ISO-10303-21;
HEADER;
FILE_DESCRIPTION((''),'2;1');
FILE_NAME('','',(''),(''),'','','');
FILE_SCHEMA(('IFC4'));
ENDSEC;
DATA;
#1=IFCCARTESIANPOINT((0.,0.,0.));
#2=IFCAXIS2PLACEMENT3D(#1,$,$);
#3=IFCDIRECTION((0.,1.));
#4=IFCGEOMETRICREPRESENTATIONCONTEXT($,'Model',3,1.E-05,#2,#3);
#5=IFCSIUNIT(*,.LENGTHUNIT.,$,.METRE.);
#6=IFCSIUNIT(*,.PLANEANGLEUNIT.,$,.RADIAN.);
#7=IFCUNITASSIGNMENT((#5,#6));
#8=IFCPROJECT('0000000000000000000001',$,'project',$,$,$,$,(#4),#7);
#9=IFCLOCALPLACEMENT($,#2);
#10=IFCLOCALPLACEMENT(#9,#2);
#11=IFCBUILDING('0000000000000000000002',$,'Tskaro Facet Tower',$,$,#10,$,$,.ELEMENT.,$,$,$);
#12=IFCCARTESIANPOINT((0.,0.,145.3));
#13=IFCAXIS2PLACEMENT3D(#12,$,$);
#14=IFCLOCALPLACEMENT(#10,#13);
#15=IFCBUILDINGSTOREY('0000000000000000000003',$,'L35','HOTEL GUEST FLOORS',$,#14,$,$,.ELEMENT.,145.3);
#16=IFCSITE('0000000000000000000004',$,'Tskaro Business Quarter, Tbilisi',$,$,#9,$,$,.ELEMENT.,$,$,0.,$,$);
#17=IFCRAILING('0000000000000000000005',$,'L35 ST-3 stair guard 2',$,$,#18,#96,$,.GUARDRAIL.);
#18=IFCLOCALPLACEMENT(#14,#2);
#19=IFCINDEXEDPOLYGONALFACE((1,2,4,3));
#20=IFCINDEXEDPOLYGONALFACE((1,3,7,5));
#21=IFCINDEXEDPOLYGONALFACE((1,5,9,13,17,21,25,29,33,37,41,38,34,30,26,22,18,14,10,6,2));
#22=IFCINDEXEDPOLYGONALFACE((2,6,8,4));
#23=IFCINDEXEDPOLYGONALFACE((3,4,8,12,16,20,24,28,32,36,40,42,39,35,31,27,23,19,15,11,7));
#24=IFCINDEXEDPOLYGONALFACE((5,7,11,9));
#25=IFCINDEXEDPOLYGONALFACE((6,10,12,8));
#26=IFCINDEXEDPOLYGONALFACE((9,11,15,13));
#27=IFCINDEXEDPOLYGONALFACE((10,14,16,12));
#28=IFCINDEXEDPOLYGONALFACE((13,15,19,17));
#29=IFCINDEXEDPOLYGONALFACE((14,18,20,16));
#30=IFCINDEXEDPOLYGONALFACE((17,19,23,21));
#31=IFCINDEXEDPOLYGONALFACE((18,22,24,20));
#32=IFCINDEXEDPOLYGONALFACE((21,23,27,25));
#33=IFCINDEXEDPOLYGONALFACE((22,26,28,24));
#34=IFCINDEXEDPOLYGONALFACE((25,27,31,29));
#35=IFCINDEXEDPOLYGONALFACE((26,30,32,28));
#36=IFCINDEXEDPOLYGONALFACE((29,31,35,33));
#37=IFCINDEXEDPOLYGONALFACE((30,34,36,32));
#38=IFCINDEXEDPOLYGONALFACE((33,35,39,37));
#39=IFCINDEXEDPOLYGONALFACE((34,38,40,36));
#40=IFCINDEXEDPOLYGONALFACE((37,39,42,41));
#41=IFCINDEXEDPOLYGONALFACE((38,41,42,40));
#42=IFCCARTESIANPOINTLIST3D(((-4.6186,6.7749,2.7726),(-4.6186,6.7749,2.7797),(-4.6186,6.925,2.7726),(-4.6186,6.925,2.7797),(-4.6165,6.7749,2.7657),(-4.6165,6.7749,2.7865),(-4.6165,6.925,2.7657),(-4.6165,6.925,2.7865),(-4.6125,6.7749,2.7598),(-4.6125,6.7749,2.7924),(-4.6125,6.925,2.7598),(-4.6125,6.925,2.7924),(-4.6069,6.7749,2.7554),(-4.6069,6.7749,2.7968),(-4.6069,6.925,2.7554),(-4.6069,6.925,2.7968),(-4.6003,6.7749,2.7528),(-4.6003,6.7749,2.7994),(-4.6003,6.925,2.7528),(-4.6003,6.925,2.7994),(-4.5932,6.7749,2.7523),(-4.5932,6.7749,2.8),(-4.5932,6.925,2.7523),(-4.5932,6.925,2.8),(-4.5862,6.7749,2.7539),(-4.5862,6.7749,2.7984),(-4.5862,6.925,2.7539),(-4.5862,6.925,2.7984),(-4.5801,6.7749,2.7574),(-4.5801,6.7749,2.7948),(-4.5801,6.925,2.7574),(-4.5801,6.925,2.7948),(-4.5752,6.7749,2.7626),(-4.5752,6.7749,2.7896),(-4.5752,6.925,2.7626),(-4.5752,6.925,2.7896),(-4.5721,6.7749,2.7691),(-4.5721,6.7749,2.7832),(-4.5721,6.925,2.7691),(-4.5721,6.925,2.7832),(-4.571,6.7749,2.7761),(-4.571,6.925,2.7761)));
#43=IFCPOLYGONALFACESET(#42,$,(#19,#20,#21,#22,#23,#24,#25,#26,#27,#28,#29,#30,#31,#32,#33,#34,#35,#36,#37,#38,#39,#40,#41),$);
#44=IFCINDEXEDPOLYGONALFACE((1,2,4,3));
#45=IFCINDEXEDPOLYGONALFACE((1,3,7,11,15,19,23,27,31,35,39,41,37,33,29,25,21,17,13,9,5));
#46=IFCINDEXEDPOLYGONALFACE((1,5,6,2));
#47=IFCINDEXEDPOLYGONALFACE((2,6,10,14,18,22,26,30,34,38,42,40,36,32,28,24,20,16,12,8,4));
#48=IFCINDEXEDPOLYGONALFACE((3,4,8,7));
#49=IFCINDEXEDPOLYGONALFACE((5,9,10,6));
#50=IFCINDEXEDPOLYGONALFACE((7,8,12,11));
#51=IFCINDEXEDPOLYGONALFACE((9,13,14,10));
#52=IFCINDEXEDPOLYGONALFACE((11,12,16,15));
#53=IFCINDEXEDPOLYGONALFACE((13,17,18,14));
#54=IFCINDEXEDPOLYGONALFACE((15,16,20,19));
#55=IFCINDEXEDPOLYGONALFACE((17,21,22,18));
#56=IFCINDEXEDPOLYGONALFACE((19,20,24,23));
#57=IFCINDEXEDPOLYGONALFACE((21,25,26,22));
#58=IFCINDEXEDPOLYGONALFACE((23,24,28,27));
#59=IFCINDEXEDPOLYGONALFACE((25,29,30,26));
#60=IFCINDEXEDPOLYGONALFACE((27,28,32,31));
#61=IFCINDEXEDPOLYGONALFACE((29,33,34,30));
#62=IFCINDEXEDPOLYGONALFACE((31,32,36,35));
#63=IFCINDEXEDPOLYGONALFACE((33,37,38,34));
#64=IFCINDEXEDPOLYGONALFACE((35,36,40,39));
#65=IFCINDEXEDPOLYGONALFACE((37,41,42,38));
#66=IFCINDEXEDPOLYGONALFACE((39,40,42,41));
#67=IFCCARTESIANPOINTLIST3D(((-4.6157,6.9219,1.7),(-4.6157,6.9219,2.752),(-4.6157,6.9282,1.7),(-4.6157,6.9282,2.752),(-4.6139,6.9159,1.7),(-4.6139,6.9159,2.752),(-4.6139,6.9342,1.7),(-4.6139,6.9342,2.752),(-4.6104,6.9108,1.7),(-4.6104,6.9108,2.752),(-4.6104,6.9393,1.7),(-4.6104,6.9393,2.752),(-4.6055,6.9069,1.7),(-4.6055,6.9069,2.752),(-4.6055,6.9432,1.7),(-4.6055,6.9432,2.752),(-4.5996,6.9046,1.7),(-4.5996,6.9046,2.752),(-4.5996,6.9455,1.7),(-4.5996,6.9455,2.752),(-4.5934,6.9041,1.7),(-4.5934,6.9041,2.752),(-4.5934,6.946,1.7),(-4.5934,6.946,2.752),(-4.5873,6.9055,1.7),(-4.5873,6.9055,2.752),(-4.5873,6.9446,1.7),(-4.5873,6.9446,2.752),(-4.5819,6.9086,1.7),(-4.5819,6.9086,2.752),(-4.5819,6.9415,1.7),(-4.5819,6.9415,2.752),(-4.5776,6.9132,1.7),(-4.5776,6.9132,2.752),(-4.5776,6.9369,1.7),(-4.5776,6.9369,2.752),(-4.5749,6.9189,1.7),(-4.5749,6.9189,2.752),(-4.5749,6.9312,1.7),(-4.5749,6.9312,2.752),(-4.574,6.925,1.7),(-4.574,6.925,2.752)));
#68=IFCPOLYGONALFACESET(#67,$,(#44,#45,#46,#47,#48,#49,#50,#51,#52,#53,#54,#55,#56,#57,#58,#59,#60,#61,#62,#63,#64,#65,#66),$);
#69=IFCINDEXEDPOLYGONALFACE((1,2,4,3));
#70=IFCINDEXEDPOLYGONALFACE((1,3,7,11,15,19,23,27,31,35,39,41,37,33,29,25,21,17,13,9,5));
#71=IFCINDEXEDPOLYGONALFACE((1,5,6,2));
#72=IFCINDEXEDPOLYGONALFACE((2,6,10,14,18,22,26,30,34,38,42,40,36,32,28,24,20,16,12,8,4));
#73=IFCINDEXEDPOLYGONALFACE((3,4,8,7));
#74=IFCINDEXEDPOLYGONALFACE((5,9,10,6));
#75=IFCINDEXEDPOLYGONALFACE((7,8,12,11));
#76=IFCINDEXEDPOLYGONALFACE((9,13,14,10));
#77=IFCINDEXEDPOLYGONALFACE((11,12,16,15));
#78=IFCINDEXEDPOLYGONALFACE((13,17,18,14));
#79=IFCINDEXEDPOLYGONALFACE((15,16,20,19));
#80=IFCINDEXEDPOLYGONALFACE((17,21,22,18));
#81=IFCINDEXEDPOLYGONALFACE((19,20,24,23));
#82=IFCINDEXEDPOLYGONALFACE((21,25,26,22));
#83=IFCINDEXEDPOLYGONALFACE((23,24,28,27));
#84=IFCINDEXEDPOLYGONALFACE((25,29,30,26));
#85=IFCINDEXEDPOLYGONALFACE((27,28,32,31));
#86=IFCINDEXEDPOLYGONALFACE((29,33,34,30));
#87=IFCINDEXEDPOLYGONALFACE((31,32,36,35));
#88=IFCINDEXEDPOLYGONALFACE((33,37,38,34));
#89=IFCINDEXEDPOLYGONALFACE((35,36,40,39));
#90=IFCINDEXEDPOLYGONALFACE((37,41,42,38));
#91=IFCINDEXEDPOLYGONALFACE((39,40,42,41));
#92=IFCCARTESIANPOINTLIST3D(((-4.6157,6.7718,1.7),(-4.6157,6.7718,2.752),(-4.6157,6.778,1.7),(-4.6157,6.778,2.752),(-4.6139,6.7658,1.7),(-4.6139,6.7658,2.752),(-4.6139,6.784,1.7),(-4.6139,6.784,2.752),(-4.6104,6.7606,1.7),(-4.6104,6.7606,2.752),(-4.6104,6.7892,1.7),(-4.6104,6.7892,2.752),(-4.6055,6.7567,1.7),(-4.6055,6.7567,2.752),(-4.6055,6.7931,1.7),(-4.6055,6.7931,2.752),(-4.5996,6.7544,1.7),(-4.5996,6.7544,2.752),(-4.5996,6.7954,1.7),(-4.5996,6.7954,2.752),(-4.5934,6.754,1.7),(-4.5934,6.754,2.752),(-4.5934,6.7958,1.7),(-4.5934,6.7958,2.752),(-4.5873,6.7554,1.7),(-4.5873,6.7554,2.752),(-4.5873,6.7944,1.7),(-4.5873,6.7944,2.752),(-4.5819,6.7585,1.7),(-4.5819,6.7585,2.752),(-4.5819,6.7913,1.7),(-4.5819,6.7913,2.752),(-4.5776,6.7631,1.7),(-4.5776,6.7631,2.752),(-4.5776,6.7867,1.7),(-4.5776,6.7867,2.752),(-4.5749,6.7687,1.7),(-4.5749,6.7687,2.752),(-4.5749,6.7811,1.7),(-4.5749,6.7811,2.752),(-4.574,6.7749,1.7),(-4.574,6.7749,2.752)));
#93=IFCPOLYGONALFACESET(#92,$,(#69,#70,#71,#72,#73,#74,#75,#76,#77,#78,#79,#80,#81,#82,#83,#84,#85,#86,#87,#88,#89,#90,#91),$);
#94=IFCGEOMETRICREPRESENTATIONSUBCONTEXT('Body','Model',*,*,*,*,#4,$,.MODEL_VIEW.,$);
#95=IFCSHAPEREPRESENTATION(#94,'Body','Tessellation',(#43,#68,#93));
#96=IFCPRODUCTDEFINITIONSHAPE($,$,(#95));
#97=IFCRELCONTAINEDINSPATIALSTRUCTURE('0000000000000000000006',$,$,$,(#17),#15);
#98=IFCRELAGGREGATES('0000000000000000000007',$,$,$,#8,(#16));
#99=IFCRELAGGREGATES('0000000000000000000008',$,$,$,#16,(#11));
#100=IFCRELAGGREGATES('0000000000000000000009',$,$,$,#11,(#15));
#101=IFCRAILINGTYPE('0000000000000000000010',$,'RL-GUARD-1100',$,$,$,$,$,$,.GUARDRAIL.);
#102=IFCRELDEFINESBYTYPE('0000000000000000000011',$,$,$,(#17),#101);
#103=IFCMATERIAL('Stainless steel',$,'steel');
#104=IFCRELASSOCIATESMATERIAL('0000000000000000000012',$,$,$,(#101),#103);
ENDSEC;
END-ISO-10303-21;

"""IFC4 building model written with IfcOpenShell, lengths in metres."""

from ifc_helpers import new_model, si_unit, direction, frame, origin, origin_2d, place, context, subcontext, project, spatial, circle, extrude, material, type_object, element, save


model = new_model("IFC4")

# Units and contexts
model_context = context("Model", 3, precision=1e-05, world=origin(), true_north=direction((0.0, 1.0)))
body_context = subcontext(model_context, "Body", "Model", "MODEL_VIEW")
ifc_project = project(units=[si_unit("LENGTHUNIT", "METRE"), si_unit("PLANEANGLEUNIT", "RADIAN")], contexts=[model_context])

# Site, building, storey
site_placement = place(None, origin())
site = spatial("IfcSite", under=ifc_project, at=site_placement, Name="Tskaro Business Quarter, Tbilisi", CompositionType="ELEMENT", RefElevation=0.0)
building_placement = place(site_placement, origin())
building = spatial("IfcBuilding", under=site, at=building_placement, Name="Tskaro Facet Tower", CompositionType="ELEMENT")
storey_placement = place(building_placement, frame((0.0, 0.0, 145.3)))
storey = spatial("IfcBuildingStorey", under=building, at=storey_placement, Name="L35", Description="HOTEL GUEST FLOORS", CompositionType="ELEMENT", Elevation=145.3)

# Railing
ifc_material_1 = material(Name="Stainless steel", Category="steel")
railing_type_1 = type_object("IfcRailingType", Name="RL-GUARD-1100", PredefinedType="GUARDRAIL", material=ifc_material_1)
railing_1_placement = place(storey_placement, frame((-4.595, 6.925, 1.7)))
element("IfcRailing", 1, at=railing_1_placement, inside=storey, type_object=railing_type_1, Name="L35 ST-3 stair guard 2", PredefinedType="GUARDRAIL", context=body_context, shape_type="SweptSolid", body=[
    extrude(circle(Radius=0.0239, at=origin_2d()), frame((0.0, 0.0, 1.0762), z_axis=(0.0, -1.0, 0.0), x_axis=(1.0, 0.0, 0.0)), (0.0, 0.0, 1.0), 0.1501),
    extrude(circle(Radius=0.021, at=origin_2d()), origin(), (0.0, 0.0, 1.0), 1.052),
    extrude(circle(Radius=0.021, at=origin_2d()), frame((0.0, -0.1501, 0.0)), (0.0, 0.0, 1.0), 1.052),
])

save(model, "model.ifc")
